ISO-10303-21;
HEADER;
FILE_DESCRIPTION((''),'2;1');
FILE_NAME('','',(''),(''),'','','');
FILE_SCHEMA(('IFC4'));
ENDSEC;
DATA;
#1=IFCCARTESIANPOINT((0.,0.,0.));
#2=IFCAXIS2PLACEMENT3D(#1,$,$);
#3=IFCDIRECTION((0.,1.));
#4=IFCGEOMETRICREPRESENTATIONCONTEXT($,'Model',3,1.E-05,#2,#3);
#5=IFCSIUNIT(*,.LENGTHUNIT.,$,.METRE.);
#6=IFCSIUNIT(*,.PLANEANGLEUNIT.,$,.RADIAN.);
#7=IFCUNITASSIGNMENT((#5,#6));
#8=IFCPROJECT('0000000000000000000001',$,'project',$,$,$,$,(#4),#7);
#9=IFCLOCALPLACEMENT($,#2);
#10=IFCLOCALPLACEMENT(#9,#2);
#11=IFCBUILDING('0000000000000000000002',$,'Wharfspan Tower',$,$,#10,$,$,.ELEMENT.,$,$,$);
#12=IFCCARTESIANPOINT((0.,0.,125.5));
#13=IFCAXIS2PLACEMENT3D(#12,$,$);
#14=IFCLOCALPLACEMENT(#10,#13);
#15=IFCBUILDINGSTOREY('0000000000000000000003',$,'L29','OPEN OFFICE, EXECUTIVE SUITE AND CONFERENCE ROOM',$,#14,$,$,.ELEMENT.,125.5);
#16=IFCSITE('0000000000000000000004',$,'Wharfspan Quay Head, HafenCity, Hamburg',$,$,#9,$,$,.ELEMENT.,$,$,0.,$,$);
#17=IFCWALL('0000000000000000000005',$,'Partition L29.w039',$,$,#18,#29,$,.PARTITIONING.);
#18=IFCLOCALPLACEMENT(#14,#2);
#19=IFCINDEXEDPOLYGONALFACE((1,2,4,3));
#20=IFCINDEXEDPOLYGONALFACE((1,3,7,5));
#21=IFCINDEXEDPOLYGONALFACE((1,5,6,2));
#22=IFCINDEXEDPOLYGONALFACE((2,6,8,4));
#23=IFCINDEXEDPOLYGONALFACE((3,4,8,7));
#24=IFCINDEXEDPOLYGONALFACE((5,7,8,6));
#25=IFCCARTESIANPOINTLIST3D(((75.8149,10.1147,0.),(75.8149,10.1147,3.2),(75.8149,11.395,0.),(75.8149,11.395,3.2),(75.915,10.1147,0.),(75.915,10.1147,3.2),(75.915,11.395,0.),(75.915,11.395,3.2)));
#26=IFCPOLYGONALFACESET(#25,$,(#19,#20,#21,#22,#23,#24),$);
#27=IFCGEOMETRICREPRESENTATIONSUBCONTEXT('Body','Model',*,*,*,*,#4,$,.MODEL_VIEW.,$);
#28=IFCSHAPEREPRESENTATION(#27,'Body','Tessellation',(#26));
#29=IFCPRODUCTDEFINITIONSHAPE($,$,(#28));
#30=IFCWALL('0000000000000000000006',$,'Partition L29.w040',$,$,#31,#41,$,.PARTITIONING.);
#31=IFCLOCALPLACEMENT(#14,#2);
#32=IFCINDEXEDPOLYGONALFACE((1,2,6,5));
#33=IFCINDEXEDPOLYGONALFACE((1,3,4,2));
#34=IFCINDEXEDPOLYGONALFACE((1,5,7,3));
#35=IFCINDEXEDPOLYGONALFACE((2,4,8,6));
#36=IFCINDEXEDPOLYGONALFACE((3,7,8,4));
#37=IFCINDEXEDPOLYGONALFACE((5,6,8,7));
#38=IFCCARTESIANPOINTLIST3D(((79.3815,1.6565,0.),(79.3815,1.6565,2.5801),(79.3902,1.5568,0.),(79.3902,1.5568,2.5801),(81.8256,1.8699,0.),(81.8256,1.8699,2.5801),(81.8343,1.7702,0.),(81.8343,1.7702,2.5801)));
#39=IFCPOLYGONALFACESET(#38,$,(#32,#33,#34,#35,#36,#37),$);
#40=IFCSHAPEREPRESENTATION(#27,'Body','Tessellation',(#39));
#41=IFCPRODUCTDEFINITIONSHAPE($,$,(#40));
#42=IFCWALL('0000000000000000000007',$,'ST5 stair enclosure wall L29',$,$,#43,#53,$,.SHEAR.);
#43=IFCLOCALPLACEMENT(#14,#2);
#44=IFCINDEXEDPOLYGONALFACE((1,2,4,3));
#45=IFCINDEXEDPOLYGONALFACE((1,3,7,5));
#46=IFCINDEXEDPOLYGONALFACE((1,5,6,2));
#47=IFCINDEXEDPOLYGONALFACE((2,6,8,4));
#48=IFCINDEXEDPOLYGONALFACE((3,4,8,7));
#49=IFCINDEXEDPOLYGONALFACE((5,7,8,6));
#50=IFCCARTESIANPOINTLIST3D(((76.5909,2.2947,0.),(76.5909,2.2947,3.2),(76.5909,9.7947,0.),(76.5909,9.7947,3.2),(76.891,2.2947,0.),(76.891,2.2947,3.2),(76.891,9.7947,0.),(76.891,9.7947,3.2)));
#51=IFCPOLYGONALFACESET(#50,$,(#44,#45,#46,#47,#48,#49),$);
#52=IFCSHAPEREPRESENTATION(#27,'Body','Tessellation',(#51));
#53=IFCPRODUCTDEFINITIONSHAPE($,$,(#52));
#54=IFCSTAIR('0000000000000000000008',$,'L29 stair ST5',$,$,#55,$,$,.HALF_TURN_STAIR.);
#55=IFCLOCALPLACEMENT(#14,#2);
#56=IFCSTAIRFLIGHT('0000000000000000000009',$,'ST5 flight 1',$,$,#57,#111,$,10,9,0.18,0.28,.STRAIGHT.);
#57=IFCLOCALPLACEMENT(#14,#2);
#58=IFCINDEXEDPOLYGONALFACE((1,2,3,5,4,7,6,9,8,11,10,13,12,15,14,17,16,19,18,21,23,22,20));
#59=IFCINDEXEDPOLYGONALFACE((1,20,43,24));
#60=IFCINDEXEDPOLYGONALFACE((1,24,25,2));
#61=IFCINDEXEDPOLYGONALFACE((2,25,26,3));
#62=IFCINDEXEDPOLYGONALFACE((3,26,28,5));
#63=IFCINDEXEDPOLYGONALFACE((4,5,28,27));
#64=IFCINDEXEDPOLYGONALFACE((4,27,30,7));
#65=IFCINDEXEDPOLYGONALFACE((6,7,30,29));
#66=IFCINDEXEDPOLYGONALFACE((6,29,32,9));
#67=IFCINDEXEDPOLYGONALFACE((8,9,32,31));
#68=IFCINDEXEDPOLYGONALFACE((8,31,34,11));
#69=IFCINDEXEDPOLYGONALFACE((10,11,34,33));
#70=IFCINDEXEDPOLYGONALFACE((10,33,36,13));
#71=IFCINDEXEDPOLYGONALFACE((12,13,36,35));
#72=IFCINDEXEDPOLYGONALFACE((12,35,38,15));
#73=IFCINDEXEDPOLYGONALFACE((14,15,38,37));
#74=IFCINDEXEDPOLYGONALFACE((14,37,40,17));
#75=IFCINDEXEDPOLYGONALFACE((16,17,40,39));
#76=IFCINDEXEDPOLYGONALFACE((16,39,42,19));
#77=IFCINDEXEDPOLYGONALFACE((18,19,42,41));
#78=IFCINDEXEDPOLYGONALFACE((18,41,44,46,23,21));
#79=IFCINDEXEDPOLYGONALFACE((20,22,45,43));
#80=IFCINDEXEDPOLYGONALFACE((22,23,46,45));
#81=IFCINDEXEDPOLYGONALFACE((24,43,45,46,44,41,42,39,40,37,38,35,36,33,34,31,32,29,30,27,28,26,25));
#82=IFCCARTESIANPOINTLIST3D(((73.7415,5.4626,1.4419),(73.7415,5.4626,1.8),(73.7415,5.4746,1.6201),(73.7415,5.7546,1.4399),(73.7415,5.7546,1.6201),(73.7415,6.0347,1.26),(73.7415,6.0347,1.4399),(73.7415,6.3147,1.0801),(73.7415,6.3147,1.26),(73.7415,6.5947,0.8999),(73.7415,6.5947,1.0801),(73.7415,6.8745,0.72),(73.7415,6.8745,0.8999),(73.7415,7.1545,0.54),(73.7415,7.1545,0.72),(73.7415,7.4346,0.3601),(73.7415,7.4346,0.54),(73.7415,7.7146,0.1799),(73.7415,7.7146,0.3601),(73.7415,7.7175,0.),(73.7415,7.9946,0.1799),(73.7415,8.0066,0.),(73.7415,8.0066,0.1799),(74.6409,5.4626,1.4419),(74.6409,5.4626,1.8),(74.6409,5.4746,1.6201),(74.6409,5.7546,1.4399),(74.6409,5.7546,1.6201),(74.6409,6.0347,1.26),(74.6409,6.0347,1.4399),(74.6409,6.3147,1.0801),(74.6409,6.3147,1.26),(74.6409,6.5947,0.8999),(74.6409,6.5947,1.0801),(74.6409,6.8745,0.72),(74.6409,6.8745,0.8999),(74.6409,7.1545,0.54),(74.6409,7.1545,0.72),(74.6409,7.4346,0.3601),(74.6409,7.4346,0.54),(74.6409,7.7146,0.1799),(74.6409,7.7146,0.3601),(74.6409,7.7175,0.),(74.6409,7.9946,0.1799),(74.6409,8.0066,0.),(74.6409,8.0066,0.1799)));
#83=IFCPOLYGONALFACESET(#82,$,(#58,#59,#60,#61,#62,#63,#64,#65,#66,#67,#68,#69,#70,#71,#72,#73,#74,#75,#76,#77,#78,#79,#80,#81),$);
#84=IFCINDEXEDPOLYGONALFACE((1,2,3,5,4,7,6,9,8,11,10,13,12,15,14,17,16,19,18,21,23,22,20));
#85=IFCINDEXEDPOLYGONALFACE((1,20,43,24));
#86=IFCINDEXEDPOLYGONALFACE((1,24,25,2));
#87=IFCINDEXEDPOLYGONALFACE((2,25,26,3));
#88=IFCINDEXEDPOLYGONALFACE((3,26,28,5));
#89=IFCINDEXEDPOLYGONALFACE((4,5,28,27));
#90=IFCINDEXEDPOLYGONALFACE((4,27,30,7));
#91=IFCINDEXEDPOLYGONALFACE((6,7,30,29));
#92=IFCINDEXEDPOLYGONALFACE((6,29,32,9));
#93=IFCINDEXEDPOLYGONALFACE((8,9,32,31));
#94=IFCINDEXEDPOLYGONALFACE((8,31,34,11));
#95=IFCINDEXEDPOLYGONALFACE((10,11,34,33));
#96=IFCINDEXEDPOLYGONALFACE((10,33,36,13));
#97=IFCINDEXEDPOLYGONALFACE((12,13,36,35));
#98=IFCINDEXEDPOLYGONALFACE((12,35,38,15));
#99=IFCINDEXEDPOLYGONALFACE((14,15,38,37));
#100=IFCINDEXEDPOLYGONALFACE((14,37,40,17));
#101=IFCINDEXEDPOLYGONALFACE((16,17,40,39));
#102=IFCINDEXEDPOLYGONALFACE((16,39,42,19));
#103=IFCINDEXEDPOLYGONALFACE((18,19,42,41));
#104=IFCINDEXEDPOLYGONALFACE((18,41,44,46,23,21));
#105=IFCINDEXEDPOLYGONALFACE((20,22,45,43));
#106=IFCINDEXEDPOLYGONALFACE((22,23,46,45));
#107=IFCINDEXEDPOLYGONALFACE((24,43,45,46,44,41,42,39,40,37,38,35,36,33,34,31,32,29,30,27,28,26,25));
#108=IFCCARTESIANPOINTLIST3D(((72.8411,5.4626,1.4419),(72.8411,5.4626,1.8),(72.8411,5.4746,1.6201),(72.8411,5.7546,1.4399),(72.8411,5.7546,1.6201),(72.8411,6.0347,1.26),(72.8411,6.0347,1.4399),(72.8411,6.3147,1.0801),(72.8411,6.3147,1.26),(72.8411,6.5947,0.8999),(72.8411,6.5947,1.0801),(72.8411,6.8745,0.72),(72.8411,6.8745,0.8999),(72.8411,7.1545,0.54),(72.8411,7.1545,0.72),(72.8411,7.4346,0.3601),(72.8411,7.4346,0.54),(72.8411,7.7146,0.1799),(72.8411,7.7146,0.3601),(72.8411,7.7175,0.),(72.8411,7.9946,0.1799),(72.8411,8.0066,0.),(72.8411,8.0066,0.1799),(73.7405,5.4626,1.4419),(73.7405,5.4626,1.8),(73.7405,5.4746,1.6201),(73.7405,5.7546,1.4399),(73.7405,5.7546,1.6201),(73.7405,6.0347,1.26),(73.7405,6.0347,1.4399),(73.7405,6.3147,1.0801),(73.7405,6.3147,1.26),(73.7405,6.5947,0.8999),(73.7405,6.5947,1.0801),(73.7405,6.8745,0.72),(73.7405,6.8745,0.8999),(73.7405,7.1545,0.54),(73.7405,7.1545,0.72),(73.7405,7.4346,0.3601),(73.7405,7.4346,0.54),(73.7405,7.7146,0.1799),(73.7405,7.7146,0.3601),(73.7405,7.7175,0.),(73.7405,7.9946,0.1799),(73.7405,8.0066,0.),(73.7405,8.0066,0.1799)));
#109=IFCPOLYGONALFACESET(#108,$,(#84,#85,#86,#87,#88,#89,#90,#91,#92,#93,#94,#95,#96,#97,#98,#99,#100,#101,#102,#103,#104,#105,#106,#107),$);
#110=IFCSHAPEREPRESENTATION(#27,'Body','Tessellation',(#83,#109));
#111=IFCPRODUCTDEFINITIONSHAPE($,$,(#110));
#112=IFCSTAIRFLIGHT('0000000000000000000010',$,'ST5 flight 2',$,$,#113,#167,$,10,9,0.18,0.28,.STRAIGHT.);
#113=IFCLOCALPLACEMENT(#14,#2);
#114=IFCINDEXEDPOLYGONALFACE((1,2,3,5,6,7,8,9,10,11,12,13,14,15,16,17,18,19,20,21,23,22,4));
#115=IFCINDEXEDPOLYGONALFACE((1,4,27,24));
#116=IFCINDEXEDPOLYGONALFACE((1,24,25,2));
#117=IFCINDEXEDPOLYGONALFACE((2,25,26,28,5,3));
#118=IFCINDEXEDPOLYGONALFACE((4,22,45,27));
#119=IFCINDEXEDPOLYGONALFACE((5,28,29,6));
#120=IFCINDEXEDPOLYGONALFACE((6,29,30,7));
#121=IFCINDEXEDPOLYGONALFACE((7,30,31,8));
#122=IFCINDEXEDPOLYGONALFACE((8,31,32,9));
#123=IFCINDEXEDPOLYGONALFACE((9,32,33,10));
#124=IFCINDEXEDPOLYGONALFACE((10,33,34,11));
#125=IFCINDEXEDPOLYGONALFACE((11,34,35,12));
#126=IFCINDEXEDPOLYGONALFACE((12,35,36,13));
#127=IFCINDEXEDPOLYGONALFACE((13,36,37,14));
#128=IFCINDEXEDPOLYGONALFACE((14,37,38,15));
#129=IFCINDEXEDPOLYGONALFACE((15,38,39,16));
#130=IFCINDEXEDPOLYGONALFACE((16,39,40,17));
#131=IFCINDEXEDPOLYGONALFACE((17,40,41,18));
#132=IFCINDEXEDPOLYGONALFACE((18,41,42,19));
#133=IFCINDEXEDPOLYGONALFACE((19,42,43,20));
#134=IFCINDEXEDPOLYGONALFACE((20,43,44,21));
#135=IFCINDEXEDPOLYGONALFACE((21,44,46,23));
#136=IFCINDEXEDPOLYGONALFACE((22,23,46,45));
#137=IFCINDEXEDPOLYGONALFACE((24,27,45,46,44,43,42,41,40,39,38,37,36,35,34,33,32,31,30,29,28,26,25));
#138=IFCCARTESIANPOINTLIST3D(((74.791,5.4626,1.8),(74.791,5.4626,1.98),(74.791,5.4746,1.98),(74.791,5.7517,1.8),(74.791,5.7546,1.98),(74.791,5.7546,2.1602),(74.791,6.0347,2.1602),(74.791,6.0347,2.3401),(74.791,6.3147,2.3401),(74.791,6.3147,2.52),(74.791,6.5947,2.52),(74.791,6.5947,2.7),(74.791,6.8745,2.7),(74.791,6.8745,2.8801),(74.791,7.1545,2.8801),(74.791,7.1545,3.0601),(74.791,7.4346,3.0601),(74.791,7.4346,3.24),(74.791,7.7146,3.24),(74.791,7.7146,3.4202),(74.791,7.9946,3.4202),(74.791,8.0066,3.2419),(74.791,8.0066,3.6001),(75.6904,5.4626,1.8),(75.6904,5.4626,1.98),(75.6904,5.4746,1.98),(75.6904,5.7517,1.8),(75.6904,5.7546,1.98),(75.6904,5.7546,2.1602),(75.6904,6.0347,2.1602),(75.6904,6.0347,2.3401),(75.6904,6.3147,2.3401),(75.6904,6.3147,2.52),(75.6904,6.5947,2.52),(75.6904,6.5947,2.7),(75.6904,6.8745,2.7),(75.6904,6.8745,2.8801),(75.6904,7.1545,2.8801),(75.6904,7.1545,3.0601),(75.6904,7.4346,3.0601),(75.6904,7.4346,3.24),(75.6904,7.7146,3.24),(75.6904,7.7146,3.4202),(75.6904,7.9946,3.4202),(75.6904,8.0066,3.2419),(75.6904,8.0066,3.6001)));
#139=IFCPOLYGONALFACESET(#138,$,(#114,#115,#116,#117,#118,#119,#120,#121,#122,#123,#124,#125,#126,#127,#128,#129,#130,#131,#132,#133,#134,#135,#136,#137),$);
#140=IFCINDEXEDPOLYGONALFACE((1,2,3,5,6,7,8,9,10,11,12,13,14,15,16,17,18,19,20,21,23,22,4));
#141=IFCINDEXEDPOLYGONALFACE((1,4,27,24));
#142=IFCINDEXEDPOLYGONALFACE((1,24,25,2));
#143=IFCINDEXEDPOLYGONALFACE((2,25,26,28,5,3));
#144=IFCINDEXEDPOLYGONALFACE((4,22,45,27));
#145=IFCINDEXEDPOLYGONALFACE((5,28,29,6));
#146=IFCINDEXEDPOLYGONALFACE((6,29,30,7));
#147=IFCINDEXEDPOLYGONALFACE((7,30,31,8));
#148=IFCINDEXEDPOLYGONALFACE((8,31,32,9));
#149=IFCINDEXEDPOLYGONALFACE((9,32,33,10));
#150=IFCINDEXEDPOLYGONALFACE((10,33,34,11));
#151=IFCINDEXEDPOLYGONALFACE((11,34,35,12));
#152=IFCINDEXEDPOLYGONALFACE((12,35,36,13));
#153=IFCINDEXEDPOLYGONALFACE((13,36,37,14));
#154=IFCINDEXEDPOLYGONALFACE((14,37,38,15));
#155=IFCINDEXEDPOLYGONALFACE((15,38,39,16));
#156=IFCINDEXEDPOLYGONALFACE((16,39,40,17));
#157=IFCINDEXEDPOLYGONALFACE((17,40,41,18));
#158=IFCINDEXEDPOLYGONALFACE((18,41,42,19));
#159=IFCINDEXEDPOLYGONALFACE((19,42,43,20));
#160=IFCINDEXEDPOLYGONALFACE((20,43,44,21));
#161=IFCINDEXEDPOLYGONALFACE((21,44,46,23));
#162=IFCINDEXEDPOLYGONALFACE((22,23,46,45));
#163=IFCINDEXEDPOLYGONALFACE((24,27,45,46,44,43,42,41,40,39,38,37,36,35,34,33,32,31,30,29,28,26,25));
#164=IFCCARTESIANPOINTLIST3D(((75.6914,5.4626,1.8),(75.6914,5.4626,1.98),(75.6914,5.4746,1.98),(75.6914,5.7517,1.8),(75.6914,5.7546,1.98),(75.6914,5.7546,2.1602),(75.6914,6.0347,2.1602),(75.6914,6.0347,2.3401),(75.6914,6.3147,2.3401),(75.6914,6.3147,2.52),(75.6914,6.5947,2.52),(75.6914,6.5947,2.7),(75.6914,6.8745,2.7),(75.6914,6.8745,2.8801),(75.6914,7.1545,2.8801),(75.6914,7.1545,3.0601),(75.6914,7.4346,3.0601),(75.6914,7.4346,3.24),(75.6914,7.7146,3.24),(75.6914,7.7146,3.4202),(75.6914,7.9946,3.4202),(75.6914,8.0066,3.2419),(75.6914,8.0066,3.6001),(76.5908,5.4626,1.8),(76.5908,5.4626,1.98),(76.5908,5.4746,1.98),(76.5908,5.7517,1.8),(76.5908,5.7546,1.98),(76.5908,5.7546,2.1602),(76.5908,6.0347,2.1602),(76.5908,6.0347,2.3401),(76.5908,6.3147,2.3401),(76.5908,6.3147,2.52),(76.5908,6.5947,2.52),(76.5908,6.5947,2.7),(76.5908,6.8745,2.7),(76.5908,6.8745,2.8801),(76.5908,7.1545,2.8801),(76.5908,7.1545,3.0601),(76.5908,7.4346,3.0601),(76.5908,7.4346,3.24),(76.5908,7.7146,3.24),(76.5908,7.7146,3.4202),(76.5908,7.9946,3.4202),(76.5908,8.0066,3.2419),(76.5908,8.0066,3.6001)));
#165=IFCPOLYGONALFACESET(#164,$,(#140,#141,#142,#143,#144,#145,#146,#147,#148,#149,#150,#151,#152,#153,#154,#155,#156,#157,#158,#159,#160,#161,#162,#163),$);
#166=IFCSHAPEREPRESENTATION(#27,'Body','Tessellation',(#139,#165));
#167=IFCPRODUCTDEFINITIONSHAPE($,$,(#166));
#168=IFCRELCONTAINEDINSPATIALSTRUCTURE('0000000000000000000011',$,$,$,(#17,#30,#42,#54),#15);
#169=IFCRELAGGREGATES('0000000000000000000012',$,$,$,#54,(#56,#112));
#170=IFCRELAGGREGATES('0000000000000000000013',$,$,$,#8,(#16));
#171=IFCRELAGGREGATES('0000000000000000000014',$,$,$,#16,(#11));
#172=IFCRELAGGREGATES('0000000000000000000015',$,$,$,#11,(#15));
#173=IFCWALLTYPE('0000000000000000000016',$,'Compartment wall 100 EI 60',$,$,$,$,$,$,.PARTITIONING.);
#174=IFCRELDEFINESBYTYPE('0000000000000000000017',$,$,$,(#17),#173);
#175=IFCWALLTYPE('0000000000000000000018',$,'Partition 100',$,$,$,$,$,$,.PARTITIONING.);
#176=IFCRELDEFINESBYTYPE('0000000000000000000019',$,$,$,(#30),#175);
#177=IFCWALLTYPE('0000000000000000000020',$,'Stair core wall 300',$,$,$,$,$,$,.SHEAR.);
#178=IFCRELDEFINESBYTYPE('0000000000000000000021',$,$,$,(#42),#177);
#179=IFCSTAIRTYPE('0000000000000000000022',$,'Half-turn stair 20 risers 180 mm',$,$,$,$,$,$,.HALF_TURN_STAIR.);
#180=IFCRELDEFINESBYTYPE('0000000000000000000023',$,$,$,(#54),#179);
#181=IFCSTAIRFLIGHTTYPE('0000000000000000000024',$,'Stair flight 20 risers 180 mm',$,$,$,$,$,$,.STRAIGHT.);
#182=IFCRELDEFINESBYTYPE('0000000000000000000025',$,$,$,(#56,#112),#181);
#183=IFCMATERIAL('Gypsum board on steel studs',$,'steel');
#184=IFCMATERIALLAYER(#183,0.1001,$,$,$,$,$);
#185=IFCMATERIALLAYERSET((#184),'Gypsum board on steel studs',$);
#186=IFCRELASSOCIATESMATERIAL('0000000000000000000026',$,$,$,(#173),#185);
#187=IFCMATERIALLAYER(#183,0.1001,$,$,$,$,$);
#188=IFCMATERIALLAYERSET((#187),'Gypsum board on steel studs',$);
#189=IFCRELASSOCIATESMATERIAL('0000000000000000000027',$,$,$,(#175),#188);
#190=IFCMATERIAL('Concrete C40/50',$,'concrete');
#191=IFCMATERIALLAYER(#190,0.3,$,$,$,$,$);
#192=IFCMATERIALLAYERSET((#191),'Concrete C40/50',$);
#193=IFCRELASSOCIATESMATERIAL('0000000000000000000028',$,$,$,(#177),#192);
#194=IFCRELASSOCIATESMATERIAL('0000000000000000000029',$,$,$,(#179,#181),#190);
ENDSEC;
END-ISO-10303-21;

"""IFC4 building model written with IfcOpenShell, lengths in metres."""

from ifc_helpers import new_model, si_unit, direction, frame, frame_2d, origin, place, context, subcontext, project, spatial, polyline, rectangle, outline, extrude, material, layer, layer_set, type_object, element, aggregate, save


model = new_model("IFC4")

# Units and contexts
model_context = context("Model", 3, precision=1e-05, world=origin(), true_north=direction((0.0, 1.0)))
body_context = subcontext(model_context, "Body", "Model", "MODEL_VIEW")
ifc_project = project(units=[si_unit("LENGTHUNIT", "METRE"), si_unit("PLANEANGLEUNIT", "RADIAN")], contexts=[model_context])

# Site, building, storey
site_placement = place(None, origin())
site = spatial("IfcSite", under=ifc_project, at=site_placement, Name="Wharfspan Quay Head, HafenCity, Hamburg", CompositionType="ELEMENT", RefElevation=0.0)
building_placement = place(site_placement, origin())
building = spatial("IfcBuilding", under=site, at=building_placement, Name="Wharfspan Tower", CompositionType="ELEMENT")
storey_placement = place(building_placement, frame((0.0, 0.0, 125.5)))
storey = spatial("IfcBuildingStorey", under=building, at=storey_placement, Name="L29", Description="OPEN OFFICE, EXECUTIVE SUITE AND CONFERENCE ROOM", CompositionType="ELEMENT", Elevation=125.5)

# Shared definitions
ifc_material_1 = material(Name="Gypsum board on steel studs", Category="steel")
ifc_layer_1 = layer(ifc_material_1, 0.1001)
ifc_layer_set_1 = layer_set([ifc_layer_1], Name="Gypsum board on steel studs")
wall_type_1 = type_object("IfcWallType", Name="Compartment wall 100 EI 60", PredefinedType="PARTITIONING", material=ifc_layer_set_1)

# Walls
wall_1_placement = place(storey_placement, frame((75.865, 10.1147, 0.0), z_axis=(0.0, 0.0, 1.0), x_axis=(0.0, 1.0, 0.0)))
element("IfcWall", 1, at=wall_1_placement, inside=storey, type_object=wall_type_1, Name="Partition L29.w039", PredefinedType="PARTITIONING", context=body_context, shape_type="SweptSolid", body=[
    extrude(rectangle(XDim=1.2803, YDim=0.1001, at=frame_2d((0.6401, 0.0))), origin(), (0.0, 0.0, 1.0), 3.2),
])
ifc_layer_2 = layer(ifc_material_1, 0.1001)
ifc_layer_set_2 = layer_set([ifc_layer_2], Name="Gypsum board on steel studs")
wall_type_2 = type_object("IfcWallType", Name="Partition 100", PredefinedType="PARTITIONING", material=ifc_layer_set_2)
wall_2_placement = place(storey_placement, frame((79.386, 1.6067, 0.0), z_axis=(0.0, 0.0, 1.0), x_axis=(0.996209, 0.086973, 0.0)))
element("IfcWall", 2, at=wall_2_placement, inside=storey, type_object=wall_type_2, Name="Partition L29.w040", PredefinedType="PARTITIONING", context=body_context, shape_type="SweptSolid", body=[
    extrude(rectangle(XDim=2.4534, YDim=0.1001, at=frame_2d((1.2266, 0.0))), origin(), (0.0, 0.0, 1.0), 2.5801),
])
ifc_material_2 = material(Name="Concrete C40/50", Category="concrete")
ifc_layer_3 = layer(ifc_material_2, 0.3)
ifc_layer_set_3 = layer_set([ifc_layer_3], Name="Concrete C40/50")
wall_type_3 = type_object("IfcWallType", Name="Stair core wall 300", PredefinedType="SHEAR", material=ifc_layer_set_3)
wall_3_placement = place(storey_placement, frame((76.741, 2.2947, 0.0), z_axis=(0.0, 0.0, 1.0), x_axis=(0.0, 1.0, 0.0)))
element("IfcWall", 3, at=wall_3_placement, inside=storey, type_object=wall_type_3, Name="ST5 stair enclosure wall L29", PredefinedType="SHEAR", context=body_context, shape_type="SweptSolid", body=[
    extrude(rectangle(XDim=7.5, YDim=0.3, at=frame_2d((3.75, 0.0))), origin(), (0.0, 0.0, 1.0), 3.2),
])

# Stair, stair flights
stair_type = type_object("IfcStairType", Name="Half-turn stair 20 risers 180 mm", PredefinedType="HALF_TURN_STAIR", material=ifc_material_2)
stair_placement = place(storey_placement, origin())
stair = element("IfcStair", 4, at=stair_placement, inside=storey, type_object=stair_type, Name="L29 stair ST5", PredefinedType="HALF_TURN_STAIR")
stair_flight_type = type_object("IfcStairFlightType", Name="Stair flight 20 risers 180 mm", PredefinedType="STRAIGHT", material=ifc_material_2)
stair_flight_1_placement = place(storey_placement, frame((73.741, 7.9946, 0.0), z_axis=(0.0, 0.0, 1.0), x_axis=(0.0, -1.0, 0.0)))
stair_flight_1 = element("IfcStairFlight", 5, at=stair_flight_1_placement, type_object=stair_flight_type, Name="ST5 flight 1", NumberOfRisers=10, NumberOfTreads=9, PredefinedType="STRAIGHT", RiserHeight=0.18, TreadLength=0.28, context=body_context, shape_type="SweptSolid", body=[
    extrude(outline(polyline([(-0.012, 0.0), (-0.012, 0.1799), (0.0, 0.1799), (0.28, 0.1799), (0.28, 0.3601), (0.5601, 0.3601), (0.5601, 0.54), (0.8401, 0.54), (0.8401, 0.72), (1.1201, 0.72), (1.1201, 0.8999), (1.3999, 0.8999), (1.3999, 1.0801), (1.6799, 1.0801), (1.6799, 1.26), (1.96, 1.26), (1.96, 1.4399), (2.24, 1.4399), (2.24, 1.6201), (2.52, 1.6201), (2.532, 1.8), (2.532, 1.4419), (0.2771, 0.0), (-0.012, 0.0)])), frame((0.0, 0.8999, 0.0), z_axis=(0.0, -1.0, 0.0), x_axis=(1.0, 0.0, 0.0)), (0.0, 0.0, 1.0), 0.8994),
    extrude(outline(polyline([(-0.012, 0.0), (-0.012, 0.1799), (0.0, 0.1799), (0.28, 0.1799), (0.28, 0.3601), (0.5601, 0.3601), (0.5601, 0.54), (0.8401, 0.54), (0.8401, 0.72), (1.1201, 0.72), (1.1201, 0.8999), (1.3999, 0.8999), (1.3999, 1.0801), (1.6799, 1.0801), (1.6799, 1.26), (1.96, 1.26), (1.96, 1.4399), (2.24, 1.4399), (2.24, 1.6201), (2.52, 1.6201), (2.532, 1.8), (2.532, 1.4419), (0.2771, 0.0), (-0.012, 0.0)])), frame((0.0, -0.0005, 0.0), z_axis=(0.0, -1.0, 0.0), x_axis=(1.0, 0.0, 0.0)), (0.0, 0.0, 1.0), 0.8994),
])
stair_flight_2_placement = place(storey_placement, frame((75.6909, 5.4746, 1.8), z_axis=(0.0, 0.0, 1.0), x_axis=(0.0, 1.0, 0.0)))
stair_flight_2 = element("IfcStairFlight", 6, at=stair_flight_2_placement, type_object=stair_flight_type, Name="ST5 flight 2", NumberOfRisers=10, NumberOfTreads=9, PredefinedType="STRAIGHT", RiserHeight=0.18, TreadLength=0.28, context=body_context, shape_type="SweptSolid", body=[
    extrude(outline(polyline([(-0.012, 0.0), (-0.012, 0.1799), (0.0, 0.1799), (0.28, 0.1799), (0.28, 0.3601), (0.5601, 0.3601), (0.5601, 0.54), (0.8401, 0.54), (0.8401, 0.72), (1.1201, 0.72), (1.1201, 0.8999), (1.3999, 0.8999), (1.3999, 1.0801), (1.6799, 1.0801), (1.6799, 1.26), (1.96, 1.26), (1.96, 1.4399), (2.24, 1.4399), (2.24, 1.6201), (2.52, 1.6201), (2.532, 1.8), (2.532, 1.4419), (0.2771, 0.0), (-0.012, 0.0)])), frame((0.0, 0.8999, 0.0), z_axis=(0.0, -1.0, 0.0), x_axis=(1.0, 0.0, 0.0)), (0.0, 0.0, 1.0), 0.8994),
    extrude(outline(polyline([(-0.012, 0.0), (-0.012, 0.1799), (0.0, 0.1799), (0.28, 0.1799), (0.28, 0.3601), (0.5601, 0.3601), (0.5601, 0.54), (0.8401, 0.54), (0.8401, 0.72), (1.1201, 0.72), (1.1201, 0.8999), (1.3999, 0.8999), (1.3999, 1.0801), (1.6799, 1.0801), (1.6799, 1.26), (1.96, 1.26), (1.96, 1.4399), (2.24, 1.4399), (2.24, 1.6201), (2.52, 1.6201), (2.532, 1.8), (2.532, 1.4419), (0.2771, 0.0), (-0.012, 0.0)])), frame((0.0, -0.0005, 0.0), z_axis=(0.0, -1.0, 0.0), x_axis=(1.0, 0.0, 0.0)), (0.0, 0.0, 1.0), 0.8994),
])
aggregate(stair, [stair_flight_1, stair_flight_2])

save(model, "model.ifc")
